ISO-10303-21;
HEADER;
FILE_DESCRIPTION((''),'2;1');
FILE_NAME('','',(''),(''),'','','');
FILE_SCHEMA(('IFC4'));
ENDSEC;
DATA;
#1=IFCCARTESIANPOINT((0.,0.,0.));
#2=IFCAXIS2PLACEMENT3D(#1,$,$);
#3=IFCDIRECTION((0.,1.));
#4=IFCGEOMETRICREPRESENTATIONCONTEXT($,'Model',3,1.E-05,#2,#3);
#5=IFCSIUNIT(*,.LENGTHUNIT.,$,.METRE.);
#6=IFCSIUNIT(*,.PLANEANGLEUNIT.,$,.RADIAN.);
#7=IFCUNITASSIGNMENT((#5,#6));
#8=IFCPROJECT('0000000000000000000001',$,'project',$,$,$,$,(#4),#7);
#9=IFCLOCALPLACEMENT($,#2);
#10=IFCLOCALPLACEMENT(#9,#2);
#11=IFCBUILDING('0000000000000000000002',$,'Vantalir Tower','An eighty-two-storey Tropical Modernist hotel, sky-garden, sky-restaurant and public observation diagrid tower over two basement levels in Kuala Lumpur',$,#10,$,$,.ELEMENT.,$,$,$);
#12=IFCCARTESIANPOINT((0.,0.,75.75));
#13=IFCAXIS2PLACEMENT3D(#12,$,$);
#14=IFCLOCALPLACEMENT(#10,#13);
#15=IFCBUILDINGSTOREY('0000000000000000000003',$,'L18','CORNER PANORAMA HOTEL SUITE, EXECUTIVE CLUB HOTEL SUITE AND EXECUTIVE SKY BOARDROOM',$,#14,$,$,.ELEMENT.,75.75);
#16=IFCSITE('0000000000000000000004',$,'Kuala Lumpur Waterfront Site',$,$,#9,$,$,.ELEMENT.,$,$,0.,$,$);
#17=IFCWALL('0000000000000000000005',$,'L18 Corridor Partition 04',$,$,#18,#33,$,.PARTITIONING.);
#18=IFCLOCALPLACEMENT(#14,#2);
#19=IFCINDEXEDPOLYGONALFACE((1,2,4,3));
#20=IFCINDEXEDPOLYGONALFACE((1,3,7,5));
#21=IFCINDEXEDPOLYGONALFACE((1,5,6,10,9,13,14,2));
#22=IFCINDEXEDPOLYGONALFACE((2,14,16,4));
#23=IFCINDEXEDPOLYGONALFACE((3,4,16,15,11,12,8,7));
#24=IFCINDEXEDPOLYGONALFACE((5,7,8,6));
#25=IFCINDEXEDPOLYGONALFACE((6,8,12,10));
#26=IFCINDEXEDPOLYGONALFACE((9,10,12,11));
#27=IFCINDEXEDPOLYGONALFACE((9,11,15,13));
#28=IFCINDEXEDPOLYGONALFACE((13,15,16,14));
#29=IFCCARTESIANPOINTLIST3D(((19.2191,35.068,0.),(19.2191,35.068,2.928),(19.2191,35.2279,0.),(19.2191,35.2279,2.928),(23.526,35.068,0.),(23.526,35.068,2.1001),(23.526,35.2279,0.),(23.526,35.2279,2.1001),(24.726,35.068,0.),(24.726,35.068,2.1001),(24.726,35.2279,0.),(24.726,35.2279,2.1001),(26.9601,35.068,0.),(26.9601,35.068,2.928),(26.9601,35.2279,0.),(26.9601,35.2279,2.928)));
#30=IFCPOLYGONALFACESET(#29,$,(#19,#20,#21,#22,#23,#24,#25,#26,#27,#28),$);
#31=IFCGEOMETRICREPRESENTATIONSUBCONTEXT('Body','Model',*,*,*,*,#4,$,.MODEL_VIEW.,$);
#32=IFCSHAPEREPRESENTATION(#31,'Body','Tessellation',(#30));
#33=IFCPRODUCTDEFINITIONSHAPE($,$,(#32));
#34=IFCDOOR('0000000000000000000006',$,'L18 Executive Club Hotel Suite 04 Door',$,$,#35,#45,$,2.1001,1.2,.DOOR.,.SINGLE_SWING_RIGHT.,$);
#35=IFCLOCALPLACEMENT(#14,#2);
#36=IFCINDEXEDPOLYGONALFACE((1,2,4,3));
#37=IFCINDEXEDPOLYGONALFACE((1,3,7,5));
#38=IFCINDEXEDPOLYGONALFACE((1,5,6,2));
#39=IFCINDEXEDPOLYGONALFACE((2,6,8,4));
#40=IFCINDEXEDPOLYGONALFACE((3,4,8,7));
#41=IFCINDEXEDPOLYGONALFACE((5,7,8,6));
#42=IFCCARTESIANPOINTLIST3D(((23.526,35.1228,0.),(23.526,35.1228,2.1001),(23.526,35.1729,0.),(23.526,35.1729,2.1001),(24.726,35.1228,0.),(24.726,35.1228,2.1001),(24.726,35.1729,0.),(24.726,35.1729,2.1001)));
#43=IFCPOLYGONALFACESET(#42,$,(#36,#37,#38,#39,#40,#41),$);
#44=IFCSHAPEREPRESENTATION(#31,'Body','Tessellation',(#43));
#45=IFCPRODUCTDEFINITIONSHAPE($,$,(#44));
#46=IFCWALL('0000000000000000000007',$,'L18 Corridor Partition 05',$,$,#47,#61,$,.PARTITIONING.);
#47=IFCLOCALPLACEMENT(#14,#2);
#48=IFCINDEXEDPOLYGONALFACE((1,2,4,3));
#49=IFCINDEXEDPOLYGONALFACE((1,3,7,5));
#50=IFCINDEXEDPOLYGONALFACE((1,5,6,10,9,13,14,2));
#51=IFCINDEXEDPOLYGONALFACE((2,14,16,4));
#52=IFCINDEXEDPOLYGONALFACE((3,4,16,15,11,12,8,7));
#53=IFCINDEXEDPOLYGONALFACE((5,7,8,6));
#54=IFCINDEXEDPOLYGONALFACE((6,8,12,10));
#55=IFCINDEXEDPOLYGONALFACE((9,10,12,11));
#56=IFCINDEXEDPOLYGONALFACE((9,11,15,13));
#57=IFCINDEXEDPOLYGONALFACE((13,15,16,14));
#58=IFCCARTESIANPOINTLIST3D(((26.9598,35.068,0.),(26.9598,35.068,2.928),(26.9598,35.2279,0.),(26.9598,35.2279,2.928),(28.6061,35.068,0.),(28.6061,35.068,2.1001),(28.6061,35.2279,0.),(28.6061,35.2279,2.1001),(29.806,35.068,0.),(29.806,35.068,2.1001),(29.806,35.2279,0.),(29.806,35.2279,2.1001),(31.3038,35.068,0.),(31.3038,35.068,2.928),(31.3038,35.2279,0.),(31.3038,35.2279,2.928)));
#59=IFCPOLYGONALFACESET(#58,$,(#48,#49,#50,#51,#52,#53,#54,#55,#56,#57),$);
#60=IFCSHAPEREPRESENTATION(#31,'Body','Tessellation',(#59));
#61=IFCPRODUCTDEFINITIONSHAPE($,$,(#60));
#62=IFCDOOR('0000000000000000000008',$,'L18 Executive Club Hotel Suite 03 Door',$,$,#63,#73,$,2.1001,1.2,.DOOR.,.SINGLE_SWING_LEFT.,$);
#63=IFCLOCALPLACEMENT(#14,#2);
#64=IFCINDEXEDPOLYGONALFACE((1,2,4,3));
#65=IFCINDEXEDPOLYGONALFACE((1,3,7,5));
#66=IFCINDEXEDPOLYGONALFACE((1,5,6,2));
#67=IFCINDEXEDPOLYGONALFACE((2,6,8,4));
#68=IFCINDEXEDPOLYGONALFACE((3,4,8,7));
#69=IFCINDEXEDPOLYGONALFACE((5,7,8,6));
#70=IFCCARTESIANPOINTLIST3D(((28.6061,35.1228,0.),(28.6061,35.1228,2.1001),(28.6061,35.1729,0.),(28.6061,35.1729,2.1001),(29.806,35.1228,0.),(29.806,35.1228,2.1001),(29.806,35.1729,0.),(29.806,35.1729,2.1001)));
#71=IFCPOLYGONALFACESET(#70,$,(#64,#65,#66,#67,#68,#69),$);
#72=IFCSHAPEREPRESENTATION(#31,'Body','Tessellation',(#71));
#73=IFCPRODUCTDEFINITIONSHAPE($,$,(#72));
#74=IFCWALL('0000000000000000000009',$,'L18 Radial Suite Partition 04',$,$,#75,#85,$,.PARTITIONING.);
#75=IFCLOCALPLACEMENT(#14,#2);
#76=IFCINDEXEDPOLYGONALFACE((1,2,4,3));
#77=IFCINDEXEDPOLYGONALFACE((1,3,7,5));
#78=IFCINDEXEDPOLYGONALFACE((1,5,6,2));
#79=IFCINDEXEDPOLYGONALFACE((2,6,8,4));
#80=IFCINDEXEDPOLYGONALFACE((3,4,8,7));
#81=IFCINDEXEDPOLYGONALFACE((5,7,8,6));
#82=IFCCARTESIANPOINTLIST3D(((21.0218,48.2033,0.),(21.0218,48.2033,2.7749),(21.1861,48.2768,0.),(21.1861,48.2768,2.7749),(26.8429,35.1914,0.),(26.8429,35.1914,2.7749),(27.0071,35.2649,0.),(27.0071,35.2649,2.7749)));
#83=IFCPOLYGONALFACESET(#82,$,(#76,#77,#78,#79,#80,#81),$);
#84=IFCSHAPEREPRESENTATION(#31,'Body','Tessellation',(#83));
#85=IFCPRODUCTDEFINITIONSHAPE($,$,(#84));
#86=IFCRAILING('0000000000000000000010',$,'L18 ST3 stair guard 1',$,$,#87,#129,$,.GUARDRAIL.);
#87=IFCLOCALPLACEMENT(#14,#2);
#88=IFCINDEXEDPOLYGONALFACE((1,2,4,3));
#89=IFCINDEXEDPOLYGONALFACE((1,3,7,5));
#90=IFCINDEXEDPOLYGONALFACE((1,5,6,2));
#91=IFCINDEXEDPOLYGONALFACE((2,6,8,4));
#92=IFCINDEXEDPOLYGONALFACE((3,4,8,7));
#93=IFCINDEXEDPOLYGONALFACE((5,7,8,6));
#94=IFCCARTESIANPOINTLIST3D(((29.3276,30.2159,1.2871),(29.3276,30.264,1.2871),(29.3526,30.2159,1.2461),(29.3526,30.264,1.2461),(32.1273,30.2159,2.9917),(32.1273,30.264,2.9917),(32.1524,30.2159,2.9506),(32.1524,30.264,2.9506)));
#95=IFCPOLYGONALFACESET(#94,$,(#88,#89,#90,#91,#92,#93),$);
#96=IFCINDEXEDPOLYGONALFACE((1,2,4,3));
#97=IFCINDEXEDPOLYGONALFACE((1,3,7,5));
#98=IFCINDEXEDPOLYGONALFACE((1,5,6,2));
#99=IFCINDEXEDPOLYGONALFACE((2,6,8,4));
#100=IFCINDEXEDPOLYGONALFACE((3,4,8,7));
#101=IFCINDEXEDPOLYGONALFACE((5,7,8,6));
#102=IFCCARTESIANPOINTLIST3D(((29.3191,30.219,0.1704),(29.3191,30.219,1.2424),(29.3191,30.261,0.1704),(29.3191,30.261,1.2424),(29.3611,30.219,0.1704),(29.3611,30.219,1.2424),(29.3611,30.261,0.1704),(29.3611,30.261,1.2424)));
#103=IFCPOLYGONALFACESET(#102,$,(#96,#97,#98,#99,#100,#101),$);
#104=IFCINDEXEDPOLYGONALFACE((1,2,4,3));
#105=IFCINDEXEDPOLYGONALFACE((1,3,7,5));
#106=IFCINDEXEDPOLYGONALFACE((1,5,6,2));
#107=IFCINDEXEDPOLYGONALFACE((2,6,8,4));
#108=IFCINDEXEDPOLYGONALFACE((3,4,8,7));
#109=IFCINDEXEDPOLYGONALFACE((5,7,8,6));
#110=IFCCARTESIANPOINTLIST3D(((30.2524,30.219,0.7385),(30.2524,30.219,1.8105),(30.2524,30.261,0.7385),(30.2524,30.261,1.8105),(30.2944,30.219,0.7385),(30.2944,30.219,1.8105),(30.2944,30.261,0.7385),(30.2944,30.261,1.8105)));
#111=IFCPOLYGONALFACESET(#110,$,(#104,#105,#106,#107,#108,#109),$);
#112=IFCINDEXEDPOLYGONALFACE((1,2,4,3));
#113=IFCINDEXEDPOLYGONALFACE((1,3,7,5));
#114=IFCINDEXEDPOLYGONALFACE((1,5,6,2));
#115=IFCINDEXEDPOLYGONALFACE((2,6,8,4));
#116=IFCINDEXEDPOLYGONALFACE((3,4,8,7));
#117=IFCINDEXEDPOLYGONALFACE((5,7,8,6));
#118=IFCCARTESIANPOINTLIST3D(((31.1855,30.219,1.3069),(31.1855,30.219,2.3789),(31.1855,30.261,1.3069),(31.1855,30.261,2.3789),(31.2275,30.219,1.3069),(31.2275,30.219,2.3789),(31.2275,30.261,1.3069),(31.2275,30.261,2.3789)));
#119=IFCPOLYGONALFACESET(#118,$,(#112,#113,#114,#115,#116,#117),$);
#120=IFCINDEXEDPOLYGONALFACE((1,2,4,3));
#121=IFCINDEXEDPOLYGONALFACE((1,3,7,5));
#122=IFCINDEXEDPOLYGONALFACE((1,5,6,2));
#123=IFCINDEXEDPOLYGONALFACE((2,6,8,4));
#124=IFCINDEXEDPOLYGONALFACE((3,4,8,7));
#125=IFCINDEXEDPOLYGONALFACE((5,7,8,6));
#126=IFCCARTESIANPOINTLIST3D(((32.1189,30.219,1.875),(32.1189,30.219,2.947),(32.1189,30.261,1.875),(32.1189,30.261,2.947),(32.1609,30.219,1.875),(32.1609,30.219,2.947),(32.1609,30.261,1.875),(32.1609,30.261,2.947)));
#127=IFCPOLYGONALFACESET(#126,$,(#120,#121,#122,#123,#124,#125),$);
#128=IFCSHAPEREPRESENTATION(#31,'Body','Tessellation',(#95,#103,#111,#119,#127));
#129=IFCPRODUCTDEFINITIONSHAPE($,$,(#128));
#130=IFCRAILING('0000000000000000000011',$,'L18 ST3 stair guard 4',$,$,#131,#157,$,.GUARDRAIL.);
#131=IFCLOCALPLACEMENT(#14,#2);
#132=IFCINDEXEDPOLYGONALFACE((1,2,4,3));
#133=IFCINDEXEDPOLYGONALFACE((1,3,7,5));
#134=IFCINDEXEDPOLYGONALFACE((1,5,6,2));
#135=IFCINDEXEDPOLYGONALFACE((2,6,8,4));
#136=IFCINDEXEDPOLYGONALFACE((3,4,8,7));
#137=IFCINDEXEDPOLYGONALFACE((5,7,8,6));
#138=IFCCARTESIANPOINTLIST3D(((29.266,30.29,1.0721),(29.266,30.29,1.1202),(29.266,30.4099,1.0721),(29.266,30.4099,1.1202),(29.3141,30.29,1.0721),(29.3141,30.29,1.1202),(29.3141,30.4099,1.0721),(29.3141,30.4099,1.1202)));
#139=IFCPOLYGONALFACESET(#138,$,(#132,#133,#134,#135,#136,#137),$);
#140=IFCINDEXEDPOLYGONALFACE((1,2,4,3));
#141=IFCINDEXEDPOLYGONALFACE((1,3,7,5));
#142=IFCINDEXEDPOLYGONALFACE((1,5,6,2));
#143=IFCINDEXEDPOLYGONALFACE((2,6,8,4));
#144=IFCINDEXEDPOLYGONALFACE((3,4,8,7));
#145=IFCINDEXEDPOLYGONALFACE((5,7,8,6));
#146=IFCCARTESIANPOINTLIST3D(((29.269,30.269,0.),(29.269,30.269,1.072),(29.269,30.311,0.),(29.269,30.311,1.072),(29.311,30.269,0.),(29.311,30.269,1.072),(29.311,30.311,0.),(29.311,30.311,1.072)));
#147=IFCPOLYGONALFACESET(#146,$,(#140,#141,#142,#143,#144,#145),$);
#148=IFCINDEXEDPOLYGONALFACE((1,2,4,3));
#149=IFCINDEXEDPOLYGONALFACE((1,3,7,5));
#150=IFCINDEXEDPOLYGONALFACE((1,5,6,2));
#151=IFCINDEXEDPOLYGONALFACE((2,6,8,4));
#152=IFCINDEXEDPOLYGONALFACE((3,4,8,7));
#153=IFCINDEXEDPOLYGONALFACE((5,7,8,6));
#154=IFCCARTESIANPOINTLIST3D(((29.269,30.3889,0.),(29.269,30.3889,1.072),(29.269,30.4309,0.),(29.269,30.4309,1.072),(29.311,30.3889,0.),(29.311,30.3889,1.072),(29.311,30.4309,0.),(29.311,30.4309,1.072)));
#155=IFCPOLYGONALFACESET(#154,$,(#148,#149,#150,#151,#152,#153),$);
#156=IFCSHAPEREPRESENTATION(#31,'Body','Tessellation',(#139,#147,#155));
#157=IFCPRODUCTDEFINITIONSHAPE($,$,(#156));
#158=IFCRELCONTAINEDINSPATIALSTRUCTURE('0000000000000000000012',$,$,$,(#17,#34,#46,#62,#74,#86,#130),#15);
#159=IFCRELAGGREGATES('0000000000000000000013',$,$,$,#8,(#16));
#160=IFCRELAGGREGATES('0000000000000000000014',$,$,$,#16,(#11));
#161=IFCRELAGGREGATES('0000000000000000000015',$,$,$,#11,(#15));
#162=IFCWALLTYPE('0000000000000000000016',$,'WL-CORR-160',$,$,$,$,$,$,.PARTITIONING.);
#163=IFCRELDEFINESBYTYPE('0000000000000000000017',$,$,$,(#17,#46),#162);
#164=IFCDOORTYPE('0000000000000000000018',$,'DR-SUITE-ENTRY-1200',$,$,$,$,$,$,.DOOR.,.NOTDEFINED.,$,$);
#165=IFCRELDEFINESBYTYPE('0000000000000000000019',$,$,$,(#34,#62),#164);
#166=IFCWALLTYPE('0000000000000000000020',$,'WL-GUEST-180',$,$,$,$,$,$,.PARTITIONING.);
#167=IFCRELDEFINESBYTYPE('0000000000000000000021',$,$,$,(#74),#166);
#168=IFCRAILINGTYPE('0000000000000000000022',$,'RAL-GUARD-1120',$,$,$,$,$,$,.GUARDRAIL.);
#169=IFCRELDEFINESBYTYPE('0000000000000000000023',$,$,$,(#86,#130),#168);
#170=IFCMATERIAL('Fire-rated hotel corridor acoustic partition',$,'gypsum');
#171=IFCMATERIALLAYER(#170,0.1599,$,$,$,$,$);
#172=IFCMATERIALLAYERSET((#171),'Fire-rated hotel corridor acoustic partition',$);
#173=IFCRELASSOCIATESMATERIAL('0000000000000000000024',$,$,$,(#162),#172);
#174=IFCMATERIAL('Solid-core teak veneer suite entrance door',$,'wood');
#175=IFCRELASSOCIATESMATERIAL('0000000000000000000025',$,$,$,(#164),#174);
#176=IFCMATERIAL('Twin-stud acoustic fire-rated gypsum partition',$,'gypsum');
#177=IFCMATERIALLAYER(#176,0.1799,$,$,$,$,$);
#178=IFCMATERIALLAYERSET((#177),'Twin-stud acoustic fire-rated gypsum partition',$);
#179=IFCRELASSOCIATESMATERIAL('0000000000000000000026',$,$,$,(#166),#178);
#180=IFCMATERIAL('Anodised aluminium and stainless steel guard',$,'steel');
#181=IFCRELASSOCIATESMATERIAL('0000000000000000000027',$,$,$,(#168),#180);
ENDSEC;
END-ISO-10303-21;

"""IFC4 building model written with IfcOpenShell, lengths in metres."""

from ifc_helpers import new_model, si_unit, direction, frame, frame_2d, origin, origin_2d, place, context, subcontext, project, spatial, rectangle, extrude, material, layer, layer_set, type_object, element, fill, save


model = new_model("IFC4")

# Units and contexts
model_context = context("Model", 3, precision=1e-05, world=origin(), true_north=direction((0.0, 1.0)))
body_context = subcontext(model_context, "Body", "Model", "MODEL_VIEW")
ifc_project = project(units=[si_unit("LENGTHUNIT", "METRE"), si_unit("PLANEANGLEUNIT", "RADIAN")], contexts=[model_context])

# Site, building, storey
site_placement = place(None, origin())
site = spatial("IfcSite", under=ifc_project, at=site_placement, Name="Kuala Lumpur Waterfront Site", CompositionType="ELEMENT", RefElevation=0.0)
building_placement = place(site_placement, origin())
building = spatial("IfcBuilding", under=site, at=building_placement, Name="Vantalir Tower", Description="An eighty-two-storey Tropical Modernist hotel, sky-garden, sky-restaurant and public observation diagrid tower over two basement levels in Kuala Lumpur", CompositionType="ELEMENT")
storey_placement = place(building_placement, frame((0.0, 0.0, 75.75)))
storey = spatial("IfcBuildingStorey", under=building, at=storey_placement, Name="L18", Description="CORNER PANORAMA HOTEL SUITE, EXECUTIVE CLUB HOTEL SUITE AND EXECUTIVE SKY BOARDROOM", CompositionType="ELEMENT", Elevation=75.75)

# Walls, openings, doors
ifc_material_1 = material(Name="Fire-rated hotel corridor acoustic partition", Category="gypsum")
ifc_layer_1 = layer(ifc_material_1, 0.1599)
ifc_layer_set_1 = layer_set([ifc_layer_1], Name="Fire-rated hotel corridor acoustic partition")
wall_type_1 = type_object("IfcWallType", Name="WL-CORR-160", PredefinedType="PARTITIONING", material=ifc_layer_set_1)
wall_1_placement = place(storey_placement, frame((19.219, 35.1479, 0.0), z_axis=(0.0, 0.0, 1.0), x_axis=(1.0, 0.0, 0.0)))
wall_1 = element("IfcWall", 1, at=wall_1_placement, inside=storey, type_object=wall_type_1, Name="L18 Corridor Partition 04", PredefinedType="PARTITIONING", context=body_context, shape_type="SweptSolid", body=[
    extrude(rectangle(XDim=7.741, YDim=0.1599, at=frame_2d((3.8706, 0.0))), origin(), (0.0, 0.0, 1.0), 2.928),
])
opening_1_placement = place(wall_1_placement, frame((4.3069, 0.0, 0.0)))
opening_1 = element("IfcOpeningElement", 2, at=opening_1_placement, cuts=wall_1, PredefinedType="OPENING", context=body_context, shape_type="SweptSolid", body=[
    extrude(rectangle(XDim=1.2, YDim=2.1001, at=frame_2d((0.6001, 1.05))), frame((0.0, 0.0898, 0.0), z_axis=(0.0, -1.0, 0.0), x_axis=(1.0, 0.0, 0.0)), (0.0, 0.0, 1.0), 0.1799),
])
ifc_material_2 = material(Name="Solid-core teak veneer suite entrance door", Category="wood")
door_type_1 = type_object("IfcDoorType", Name="DR-SUITE-ENTRY-1200", OperationType="NOTDEFINED", PredefinedType="DOOR", material=ifc_material_2)
door_1_placement = place(opening_1_placement, origin())
door_1 = element("IfcDoor", 3, at=door_1_placement, inside=storey, type_object=door_type_1, Name="L18 Executive Club Hotel Suite 04 Door", OperationType="SINGLE_SWING_RIGHT", OverallHeight=2.1001, OverallWidth=1.2, PredefinedType="DOOR", context=body_context, shape_type="SweptSolid", body=[
    extrude(rectangle(XDim=1.2, YDim=2.1001, at=frame_2d((0.6001, 1.05))), frame((0.0, 0.0249, 0.0), z_axis=(0.0, -1.0, 0.0), x_axis=(1.0, 0.0, 0.0)), (0.0, 0.0, 1.0), 0.05),
])
fill(opening_1, door_1)
wall_2_placement = place(storey_placement, frame((26.96, 35.1479, 0.0), z_axis=(0.0, 0.0, 1.0), x_axis=(1.0, 0.0, 0.0)))
wall_2 = element("IfcWall", 4, at=wall_2_placement, inside=storey, type_object=wall_type_1, Name="L18 Corridor Partition 05", PredefinedType="PARTITIONING", context=body_context, shape_type="SweptSolid", body=[
    extrude(rectangle(XDim=4.344, YDim=0.1599, at=frame_2d((2.1719, 0.0))), origin(), (0.0, 0.0, 1.0), 2.928),
])
opening_2_placement = place(wall_2_placement, frame((1.646, 0.0, 0.0)))
opening_2 = element("IfcOpeningElement", 5, at=opening_2_placement, cuts=wall_2, PredefinedType="OPENING", context=body_context, shape_type="SweptSolid", body=[
    extrude(rectangle(XDim=1.2, YDim=2.1001, at=frame_2d((0.6001, 1.05))), frame((0.0, 0.0898, 0.0), z_axis=(0.0, -1.0, 0.0), x_axis=(1.0, 0.0, 0.0)), (0.0, 0.0, 1.0), 0.1799),
])
door_2_placement = place(opening_2_placement, origin())
door_2 = element("IfcDoor", 6, at=door_2_placement, inside=storey, type_object=door_type_1, Name="L18 Executive Club Hotel Suite 03 Door", OperationType="SINGLE_SWING_LEFT", OverallHeight=2.1001, OverallWidth=1.2, PredefinedType="DOOR", context=body_context, shape_type="SweptSolid", body=[
    extrude(rectangle(XDim=1.2, YDim=2.1001, at=frame_2d((0.6001, 1.05))), frame((0.0, 0.0249, 0.0), z_axis=(0.0, -1.0, 0.0), x_axis=(1.0, 0.0, 0.0)), (0.0, 0.0, 1.0), 0.05),
])
fill(opening_2, door_2)

# Wall
ifc_material_3 = material(Name="Twin-stud acoustic fire-rated gypsum partition", Category="gypsum")
ifc_layer_2 = layer(ifc_material_3, 0.1799)
ifc_layer_set_2 = layer_set([ifc_layer_2], Name="Twin-stud acoustic fire-rated gypsum partition")
wall_type_2 = type_object("IfcWallType", Name="WL-GUEST-180", PredefinedType="PARTITIONING", material=ifc_layer_set_2)
wall_3_placement = place(storey_placement, frame((26.925, 35.228, 0.0), z_axis=(0.0, 0.0, 1.0), x_axis=(-0.40836, 0.912821, 0.0)))
element("IfcWall", 7, at=wall_3_placement, inside=storey, type_object=wall_type_2, Name="L18 Radial Suite Partition 04", PredefinedType="PARTITIONING", context=body_context, shape_type="SweptSolid", body=[
    extrude(rectangle(XDim=14.2546, YDim=0.1799, at=frame_2d((7.1274, 0.0))), origin(), (0.0, 0.0, 1.0), 2.7749),
])

# Railings
ifc_material_4 = material(Name="Anodised aluminium and stainless steel guard", Category="steel")
railing_type = type_object("IfcRailingType", Name="RAL-GUARD-1120", PredefinedType="GUARDRAIL", material=ifc_material_4)
railing_1_placement = place(storey_placement, frame((29.3401, 30.24, 0.1704)))
element("IfcRailing", 8, at=railing_1_placement, inside=storey, type_object=railing_type, Name="L18 ST3 stair guard 1", PredefinedType="GUARDRAIL", context=body_context, shape_type="SweptSolid", body=[
    extrude(rectangle(XDim=0.0481, YDim=0.0481, at=origin_2d()), frame((0.0, 0.0, 1.0962), z_axis=(0.85415, 0.0, 0.520027), x_axis=(0.0, 1.0, 0.0)), (0.0, 0.0, 1.0), 3.2778),
    extrude(rectangle(XDim=0.042, YDim=0.042, at=origin_2d()), origin(), (0.0, 0.0, 1.0), 1.072),
    extrude(rectangle(XDim=0.042, YDim=0.042, at=origin_2d()), frame((0.9333, 0.0, 0.5681)), (0.0, 0.0, 1.0), 1.072),
    extrude(rectangle(XDim=0.042, YDim=0.042, at=origin_2d()), frame((1.8665, 0.0, 1.1365)), (0.0, 0.0, 1.0), 1.072),
    extrude(rectangle(XDim=0.042, YDim=0.042, at=origin_2d()), frame((2.7998, 0.0, 1.7046)), (0.0, 0.0, 1.0), 1.072),
])
railing_2_placement = place(storey_placement, frame((29.29, 30.29, 0.0)))
element("IfcRailing", 9, at=railing_2_placement, inside=storey, type_object=railing_type, Name="L18 ST3 stair guard 4", PredefinedType="GUARDRAIL", context=body_context, shape_type="SweptSolid", body=[
    extrude(rectangle(XDim=0.0481, YDim=0.0481, at=origin_2d()), frame((0.0, 0.0, 1.0962), z_axis=(0.0, 1.0, 0.0), x_axis=(-1.0, 0.0, 0.0)), (0.0, 0.0, 1.0), 0.1199),
    extrude(rectangle(XDim=0.042, YDim=0.042, at=origin_2d()), origin(), (0.0, 0.0, 1.0), 1.072),
    extrude(rectangle(XDim=0.042, YDim=0.042, at=origin_2d()), frame((0.0, 0.1199, 0.0)), (0.0, 0.0, 1.0), 1.072),
])

save(model, "model.ifc")
